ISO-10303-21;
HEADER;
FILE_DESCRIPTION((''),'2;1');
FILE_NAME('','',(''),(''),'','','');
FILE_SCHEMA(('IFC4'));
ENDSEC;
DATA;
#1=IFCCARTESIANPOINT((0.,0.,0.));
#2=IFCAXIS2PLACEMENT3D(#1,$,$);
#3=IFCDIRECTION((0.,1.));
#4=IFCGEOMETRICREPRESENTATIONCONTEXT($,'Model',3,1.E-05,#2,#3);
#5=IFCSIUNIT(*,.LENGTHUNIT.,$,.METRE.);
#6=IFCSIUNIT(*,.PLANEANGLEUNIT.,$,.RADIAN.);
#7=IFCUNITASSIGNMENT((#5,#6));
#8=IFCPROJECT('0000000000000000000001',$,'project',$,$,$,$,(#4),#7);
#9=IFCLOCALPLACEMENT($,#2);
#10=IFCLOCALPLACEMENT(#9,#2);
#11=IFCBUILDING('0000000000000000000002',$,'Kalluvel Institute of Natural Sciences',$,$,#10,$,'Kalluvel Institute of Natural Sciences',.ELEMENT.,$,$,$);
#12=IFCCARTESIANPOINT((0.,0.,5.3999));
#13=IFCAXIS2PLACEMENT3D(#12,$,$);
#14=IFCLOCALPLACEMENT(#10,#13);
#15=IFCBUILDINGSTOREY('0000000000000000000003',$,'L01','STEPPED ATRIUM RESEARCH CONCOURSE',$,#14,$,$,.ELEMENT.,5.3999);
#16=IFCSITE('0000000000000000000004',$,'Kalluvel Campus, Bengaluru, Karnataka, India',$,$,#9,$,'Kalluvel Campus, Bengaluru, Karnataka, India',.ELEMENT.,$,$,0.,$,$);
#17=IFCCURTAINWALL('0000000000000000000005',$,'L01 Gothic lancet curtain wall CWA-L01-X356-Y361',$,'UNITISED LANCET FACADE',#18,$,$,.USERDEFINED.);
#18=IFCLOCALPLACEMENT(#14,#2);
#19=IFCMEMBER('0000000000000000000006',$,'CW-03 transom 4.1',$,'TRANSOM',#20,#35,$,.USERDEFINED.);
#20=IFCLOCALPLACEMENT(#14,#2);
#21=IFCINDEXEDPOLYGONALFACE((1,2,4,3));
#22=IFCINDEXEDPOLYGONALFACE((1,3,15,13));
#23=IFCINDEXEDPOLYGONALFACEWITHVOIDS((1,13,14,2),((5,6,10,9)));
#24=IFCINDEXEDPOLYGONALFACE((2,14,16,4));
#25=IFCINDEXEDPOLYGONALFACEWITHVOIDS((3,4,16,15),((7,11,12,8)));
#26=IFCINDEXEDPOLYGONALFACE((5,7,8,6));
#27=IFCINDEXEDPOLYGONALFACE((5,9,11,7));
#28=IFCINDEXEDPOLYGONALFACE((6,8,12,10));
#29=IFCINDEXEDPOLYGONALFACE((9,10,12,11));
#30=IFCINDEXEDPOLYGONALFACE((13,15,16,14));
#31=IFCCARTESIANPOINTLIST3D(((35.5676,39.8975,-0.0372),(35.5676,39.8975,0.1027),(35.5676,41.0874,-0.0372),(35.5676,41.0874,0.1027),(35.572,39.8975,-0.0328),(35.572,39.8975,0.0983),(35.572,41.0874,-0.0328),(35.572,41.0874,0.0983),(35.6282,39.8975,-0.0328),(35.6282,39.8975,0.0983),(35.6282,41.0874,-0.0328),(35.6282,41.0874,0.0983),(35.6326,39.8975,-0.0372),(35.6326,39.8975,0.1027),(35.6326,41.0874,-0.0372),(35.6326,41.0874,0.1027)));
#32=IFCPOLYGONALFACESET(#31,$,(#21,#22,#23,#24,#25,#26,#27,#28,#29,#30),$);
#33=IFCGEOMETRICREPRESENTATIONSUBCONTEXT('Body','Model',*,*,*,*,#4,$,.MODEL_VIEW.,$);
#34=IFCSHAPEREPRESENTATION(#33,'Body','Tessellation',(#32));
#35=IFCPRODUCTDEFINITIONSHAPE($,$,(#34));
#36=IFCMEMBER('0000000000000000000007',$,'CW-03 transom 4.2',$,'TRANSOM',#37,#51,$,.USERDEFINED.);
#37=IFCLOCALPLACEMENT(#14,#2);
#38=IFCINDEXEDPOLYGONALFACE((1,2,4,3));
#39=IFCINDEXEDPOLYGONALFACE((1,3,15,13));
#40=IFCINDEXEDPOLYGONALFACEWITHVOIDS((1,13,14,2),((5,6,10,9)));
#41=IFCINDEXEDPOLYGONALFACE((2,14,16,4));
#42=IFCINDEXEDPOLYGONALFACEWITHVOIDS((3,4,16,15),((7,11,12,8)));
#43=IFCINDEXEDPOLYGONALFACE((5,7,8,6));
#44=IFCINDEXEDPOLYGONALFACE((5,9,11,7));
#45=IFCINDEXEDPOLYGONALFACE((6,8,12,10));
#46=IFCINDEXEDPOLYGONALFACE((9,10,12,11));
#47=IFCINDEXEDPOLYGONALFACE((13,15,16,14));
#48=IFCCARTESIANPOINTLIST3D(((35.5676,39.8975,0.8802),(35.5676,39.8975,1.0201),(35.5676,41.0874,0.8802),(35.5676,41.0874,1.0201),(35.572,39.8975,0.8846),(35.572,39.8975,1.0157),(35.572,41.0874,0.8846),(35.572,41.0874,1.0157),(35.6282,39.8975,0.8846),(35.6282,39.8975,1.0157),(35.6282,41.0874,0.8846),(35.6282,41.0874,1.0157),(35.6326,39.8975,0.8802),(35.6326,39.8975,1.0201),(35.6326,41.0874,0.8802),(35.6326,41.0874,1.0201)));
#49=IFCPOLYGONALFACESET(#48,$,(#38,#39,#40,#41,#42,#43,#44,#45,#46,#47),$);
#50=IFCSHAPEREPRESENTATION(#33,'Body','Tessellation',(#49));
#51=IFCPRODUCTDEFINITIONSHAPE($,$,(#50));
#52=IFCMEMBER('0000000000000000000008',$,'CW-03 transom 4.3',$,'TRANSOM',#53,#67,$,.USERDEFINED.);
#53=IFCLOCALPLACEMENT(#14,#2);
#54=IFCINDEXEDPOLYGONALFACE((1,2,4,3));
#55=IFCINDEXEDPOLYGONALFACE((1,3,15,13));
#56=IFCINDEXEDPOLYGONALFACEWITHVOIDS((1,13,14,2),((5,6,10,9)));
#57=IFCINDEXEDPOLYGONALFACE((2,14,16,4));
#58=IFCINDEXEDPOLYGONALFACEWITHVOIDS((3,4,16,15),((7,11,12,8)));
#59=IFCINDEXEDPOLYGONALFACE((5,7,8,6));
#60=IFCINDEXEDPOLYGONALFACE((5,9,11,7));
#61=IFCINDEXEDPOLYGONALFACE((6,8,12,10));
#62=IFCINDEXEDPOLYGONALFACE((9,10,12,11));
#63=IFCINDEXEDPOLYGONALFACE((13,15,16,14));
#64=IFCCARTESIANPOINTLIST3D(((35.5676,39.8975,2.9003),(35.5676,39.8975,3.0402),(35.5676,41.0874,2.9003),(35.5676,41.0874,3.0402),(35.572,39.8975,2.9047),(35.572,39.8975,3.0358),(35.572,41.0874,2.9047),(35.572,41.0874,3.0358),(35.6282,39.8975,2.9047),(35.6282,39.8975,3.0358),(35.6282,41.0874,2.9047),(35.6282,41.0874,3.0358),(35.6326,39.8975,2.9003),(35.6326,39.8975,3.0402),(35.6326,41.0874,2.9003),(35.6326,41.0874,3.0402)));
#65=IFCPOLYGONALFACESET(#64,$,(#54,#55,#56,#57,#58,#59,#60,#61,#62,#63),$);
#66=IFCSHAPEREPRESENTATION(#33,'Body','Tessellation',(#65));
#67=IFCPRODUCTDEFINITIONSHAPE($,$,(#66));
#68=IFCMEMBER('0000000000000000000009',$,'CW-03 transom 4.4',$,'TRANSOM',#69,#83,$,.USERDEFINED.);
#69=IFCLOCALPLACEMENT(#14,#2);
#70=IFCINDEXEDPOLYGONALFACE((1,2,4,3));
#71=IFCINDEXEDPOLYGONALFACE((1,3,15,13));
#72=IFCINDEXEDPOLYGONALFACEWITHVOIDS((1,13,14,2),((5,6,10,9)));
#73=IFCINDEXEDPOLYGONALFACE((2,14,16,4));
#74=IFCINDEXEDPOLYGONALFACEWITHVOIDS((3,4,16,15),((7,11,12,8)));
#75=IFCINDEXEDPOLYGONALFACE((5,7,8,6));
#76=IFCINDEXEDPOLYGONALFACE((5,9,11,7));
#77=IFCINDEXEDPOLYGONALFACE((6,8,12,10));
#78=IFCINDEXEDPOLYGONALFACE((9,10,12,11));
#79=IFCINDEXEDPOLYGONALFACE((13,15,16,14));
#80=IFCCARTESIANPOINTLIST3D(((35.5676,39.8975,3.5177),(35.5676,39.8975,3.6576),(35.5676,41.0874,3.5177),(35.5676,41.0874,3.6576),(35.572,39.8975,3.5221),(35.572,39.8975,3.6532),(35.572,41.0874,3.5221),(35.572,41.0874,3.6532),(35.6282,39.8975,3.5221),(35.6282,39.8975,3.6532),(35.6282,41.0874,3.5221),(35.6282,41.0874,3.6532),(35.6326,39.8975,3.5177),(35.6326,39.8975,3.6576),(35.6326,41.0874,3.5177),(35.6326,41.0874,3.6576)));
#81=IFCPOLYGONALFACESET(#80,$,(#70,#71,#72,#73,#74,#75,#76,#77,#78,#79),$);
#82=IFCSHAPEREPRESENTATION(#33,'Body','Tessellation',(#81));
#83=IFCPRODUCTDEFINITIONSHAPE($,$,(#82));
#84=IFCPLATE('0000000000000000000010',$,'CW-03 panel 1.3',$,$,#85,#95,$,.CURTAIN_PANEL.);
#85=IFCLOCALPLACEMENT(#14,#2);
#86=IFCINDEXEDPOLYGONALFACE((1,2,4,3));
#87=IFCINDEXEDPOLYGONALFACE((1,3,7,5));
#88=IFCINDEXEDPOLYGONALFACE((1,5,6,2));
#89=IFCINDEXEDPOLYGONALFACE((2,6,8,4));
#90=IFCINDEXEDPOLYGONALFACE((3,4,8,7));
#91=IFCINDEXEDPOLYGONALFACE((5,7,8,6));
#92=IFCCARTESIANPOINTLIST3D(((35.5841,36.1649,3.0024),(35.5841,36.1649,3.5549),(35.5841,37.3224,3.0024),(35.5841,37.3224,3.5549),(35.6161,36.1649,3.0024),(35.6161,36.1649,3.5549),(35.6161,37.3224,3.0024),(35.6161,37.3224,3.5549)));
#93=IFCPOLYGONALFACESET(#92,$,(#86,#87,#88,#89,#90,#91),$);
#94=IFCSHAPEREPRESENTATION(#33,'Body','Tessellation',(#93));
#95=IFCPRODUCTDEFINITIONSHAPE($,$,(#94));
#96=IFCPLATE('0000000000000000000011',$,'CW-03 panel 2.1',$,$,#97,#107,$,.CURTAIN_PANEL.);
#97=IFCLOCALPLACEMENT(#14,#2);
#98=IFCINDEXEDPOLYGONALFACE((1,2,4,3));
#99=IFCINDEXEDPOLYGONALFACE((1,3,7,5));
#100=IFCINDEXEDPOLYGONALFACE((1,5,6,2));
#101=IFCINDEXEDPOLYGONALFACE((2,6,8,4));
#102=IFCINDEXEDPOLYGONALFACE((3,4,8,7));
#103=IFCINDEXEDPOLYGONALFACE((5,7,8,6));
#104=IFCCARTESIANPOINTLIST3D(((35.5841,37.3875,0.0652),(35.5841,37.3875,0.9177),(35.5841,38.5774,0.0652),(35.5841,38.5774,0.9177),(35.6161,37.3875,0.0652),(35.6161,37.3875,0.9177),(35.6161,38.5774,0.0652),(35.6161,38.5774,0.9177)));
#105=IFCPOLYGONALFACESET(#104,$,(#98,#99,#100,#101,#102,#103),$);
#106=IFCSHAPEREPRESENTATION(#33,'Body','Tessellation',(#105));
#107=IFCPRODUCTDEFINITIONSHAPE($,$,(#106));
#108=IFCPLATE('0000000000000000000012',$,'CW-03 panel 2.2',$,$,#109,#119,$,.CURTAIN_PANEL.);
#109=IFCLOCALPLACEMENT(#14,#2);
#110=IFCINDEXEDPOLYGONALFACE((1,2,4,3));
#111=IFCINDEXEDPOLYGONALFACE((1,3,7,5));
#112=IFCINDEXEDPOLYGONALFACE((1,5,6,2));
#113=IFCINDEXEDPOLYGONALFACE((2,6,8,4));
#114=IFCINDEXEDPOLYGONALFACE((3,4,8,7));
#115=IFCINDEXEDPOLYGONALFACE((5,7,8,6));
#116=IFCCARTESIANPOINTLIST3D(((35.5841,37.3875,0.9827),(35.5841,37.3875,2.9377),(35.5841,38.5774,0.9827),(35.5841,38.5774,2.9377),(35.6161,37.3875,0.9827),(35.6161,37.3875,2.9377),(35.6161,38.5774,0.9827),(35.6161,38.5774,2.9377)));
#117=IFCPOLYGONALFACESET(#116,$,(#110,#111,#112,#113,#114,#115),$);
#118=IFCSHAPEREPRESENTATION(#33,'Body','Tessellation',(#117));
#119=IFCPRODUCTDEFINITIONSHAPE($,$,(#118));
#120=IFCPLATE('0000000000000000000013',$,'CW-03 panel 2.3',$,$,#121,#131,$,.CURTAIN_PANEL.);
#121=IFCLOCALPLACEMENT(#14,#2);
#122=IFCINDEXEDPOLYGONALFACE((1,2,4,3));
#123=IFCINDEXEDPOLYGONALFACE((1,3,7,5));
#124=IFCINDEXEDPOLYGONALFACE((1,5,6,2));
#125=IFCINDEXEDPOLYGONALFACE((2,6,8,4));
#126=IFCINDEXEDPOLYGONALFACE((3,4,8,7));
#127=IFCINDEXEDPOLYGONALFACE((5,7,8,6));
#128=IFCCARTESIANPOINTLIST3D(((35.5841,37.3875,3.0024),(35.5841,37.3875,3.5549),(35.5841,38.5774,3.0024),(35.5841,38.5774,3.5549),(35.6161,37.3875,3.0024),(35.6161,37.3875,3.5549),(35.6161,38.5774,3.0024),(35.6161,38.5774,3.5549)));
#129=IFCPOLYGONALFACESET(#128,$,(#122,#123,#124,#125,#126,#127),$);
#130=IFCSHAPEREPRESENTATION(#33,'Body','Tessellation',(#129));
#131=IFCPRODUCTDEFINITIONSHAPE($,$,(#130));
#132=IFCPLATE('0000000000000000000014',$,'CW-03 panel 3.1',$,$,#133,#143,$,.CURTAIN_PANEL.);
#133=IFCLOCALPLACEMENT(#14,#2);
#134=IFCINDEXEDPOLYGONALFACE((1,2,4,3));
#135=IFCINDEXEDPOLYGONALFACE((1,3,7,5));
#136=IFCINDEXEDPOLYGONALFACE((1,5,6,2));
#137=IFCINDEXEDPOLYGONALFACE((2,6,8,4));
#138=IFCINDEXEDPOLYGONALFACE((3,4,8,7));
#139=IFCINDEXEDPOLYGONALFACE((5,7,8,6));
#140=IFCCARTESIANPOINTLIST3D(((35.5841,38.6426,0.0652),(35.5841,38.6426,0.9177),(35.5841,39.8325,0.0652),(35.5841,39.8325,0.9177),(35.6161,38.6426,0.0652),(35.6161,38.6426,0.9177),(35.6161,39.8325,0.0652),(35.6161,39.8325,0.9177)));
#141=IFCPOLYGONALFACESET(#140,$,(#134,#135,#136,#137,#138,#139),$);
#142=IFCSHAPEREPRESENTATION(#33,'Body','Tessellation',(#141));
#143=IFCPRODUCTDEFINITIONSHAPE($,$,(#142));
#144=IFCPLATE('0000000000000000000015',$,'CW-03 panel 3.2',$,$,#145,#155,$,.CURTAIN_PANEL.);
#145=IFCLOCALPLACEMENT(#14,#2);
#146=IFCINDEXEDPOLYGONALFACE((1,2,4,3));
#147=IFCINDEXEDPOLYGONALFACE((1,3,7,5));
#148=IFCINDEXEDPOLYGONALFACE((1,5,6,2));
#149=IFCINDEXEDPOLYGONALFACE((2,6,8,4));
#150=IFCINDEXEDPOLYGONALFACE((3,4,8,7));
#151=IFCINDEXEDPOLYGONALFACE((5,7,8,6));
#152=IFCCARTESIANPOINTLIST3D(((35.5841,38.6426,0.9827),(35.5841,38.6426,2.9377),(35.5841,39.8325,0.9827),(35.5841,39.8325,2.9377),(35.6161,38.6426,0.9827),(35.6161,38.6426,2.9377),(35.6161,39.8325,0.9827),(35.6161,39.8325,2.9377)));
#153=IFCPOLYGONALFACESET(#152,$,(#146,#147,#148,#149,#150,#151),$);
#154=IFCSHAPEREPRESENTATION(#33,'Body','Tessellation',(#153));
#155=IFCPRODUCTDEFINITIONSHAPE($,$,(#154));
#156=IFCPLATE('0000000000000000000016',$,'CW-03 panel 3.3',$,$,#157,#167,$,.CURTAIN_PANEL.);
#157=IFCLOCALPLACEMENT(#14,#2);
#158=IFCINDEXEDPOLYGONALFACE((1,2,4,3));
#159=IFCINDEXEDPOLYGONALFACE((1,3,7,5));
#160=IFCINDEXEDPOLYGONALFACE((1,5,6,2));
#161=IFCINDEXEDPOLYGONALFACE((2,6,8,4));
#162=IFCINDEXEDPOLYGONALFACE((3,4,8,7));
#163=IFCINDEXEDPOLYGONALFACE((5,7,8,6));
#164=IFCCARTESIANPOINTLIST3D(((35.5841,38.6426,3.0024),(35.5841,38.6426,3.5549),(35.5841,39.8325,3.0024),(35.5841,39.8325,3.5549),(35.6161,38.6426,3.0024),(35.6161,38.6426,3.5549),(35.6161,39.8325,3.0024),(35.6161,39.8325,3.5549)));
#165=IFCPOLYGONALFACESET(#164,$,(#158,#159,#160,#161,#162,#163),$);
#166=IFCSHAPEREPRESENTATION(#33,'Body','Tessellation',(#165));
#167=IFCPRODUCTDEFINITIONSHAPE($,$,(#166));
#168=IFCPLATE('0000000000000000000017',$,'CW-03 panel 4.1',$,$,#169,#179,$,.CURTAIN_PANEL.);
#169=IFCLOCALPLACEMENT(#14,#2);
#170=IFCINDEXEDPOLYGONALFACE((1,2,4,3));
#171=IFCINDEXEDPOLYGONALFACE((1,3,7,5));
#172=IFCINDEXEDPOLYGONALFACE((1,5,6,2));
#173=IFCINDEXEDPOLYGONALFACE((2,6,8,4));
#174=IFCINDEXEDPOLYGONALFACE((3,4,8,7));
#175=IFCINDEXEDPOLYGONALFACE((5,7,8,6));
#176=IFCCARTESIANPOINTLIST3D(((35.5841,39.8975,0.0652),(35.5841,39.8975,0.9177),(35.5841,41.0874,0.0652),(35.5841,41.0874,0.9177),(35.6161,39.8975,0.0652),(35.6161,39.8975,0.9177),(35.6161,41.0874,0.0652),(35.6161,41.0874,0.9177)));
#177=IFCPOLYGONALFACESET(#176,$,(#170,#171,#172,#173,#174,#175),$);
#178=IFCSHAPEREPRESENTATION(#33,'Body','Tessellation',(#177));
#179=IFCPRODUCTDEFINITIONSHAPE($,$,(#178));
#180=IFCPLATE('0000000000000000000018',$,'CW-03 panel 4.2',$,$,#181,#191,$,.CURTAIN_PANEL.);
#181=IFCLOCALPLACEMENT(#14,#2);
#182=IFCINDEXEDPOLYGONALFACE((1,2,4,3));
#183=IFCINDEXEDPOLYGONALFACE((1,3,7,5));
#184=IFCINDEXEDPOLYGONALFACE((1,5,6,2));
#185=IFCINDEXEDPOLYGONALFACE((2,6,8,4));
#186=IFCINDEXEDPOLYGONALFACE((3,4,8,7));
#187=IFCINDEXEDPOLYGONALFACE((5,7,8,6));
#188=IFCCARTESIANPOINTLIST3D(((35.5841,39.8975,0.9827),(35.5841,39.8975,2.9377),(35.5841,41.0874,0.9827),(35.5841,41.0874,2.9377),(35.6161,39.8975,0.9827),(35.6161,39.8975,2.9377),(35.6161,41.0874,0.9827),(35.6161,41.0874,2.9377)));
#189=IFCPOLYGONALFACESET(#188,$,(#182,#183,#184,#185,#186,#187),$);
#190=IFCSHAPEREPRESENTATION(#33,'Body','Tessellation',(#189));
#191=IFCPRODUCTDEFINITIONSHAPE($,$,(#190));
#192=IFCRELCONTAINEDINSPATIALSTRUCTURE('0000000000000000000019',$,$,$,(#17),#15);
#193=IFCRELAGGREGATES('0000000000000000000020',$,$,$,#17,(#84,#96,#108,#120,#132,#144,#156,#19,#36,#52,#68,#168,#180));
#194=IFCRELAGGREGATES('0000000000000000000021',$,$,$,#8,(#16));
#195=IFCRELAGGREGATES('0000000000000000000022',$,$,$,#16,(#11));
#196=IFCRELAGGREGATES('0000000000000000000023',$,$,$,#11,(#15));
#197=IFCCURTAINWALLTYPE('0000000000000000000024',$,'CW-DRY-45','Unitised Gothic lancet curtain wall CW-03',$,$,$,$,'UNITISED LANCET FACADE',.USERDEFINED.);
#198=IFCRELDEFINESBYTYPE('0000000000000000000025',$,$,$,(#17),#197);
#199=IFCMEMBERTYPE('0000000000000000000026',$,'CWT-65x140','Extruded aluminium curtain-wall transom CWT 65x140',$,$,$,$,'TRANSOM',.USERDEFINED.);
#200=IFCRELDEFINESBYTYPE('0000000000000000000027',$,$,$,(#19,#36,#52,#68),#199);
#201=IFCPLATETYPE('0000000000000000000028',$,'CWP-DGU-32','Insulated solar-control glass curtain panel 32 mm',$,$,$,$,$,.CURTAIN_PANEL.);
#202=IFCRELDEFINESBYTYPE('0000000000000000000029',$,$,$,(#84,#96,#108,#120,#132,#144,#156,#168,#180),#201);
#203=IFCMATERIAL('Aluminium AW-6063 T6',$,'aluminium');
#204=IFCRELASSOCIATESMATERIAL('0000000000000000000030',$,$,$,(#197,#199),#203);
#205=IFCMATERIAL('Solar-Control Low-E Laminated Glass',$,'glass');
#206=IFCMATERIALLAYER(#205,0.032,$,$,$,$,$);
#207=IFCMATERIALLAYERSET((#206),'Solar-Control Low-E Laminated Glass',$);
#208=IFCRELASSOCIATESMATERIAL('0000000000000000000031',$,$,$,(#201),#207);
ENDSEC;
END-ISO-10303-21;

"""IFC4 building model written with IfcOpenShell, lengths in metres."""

from ifc_helpers import new_model, si_unit, direction, frame, origin, origin_2d, place, context, subcontext, project, spatial, rectangle, hollow_rectangle, extrude, material, layer, layer_set, material_profile, profile_set, type_object, element, aggregate, save


model = new_model("IFC4")

# Units and contexts
model_context = context("Model", 3, precision=1e-05, world=origin(), true_north=direction((0.0, 1.0)))
body_context = subcontext(model_context, "Body", "Model", "MODEL_VIEW")
ifc_project = project(units=[si_unit("LENGTHUNIT", "METRE"), si_unit("PLANEANGLEUNIT", "RADIAN")], contexts=[model_context])

# Site, building, storey
site_placement = place(None, origin())
site = spatial("IfcSite", under=ifc_project, at=site_placement, Name="Kalluvel Campus, Bengaluru, Karnataka, India", LongName="Kalluvel Campus, Bengaluru, Karnataka, India", CompositionType="ELEMENT", RefElevation=0.0)
building_placement = place(site_placement, origin())
building = spatial("IfcBuilding", under=site, at=building_placement, Name="Kalluvel Institute of Natural Sciences", LongName="Kalluvel Institute of Natural Sciences", CompositionType="ELEMENT")
storey_placement = place(building_placement, frame((0.0, 0.0, 5.3999)))
storey = spatial("IfcBuildingStorey", under=building, at=storey_placement, Name="L01", Description="STEPPED ATRIUM RESEARCH CONCOURSE", CompositionType="ELEMENT", Elevation=5.3999)

# Curtain wall, members, plates
ifc_material_1 = material(Name="Aluminium AW-6063 T6", Category="aluminium")
curtain_wall_type = type_object("IfcCurtainWallType", Name="CW-DRY-45", Description="Unitised Gothic lancet curtain wall CW-03", ElementType="UNITISED LANCET FACADE", PredefinedType="USERDEFINED", material=ifc_material_1)
curtain_wall_placement = place(storey_placement, origin())
curtain_wall = element("IfcCurtainWall", 1, at=curtain_wall_placement, inside=storey, type_object=curtain_wall_type, Name="L01 Gothic lancet curtain wall CWA-L01-X356-Y361", ObjectType="UNITISED LANCET FACADE", PredefinedType="USERDEFINED")
ifc_material_profile_1 = material_profile(ifc_material_1, hollow_rectangle(XDim=0.0649, YDim=0.1399, WallThickness=0.0044, at=origin_2d()), Name="CWT 65x140")
ifc_profile_set_1 = profile_set([ifc_material_profile_1], Name="Aluminium AW-6063 T6")
member_type_1 = type_object("IfcMemberType", Name="CWT-65x140", Description="Extruded aluminium curtain-wall transom CWT 65x140", ElementType="TRANSOM", PredefinedType="USERDEFINED", material=ifc_profile_set_1)
member_1_placement = place(storey_placement, frame((35.6001, 39.8975, 0.0327), z_axis=(0.0, 1.0, 0.0), x_axis=(-1.0, 0.0, 0.0)))
member_1 = element("IfcMember", 2, at=member_1_placement, type_object=member_type_1, Name="CW-03 transom 4.1", ObjectType="TRANSOM", PredefinedType="USERDEFINED", context=body_context, shape_type="SweptSolid", body=[
    extrude(hollow_rectangle(XDim=0.0649, YDim=0.1399, WallThickness=0.0044, at=origin_2d()), origin(), (0.0, 0.0, 1.0), 1.1899),
])
member_2_placement = place(storey_placement, frame((35.6001, 39.8975, 0.9502), z_axis=(0.0, 1.0, 0.0), x_axis=(-1.0, 0.0, 0.0)))
member_2 = element("IfcMember", 3, at=member_2_placement, type_object=member_type_1, Name="CW-03 transom 4.2", ObjectType="TRANSOM", PredefinedType="USERDEFINED", context=body_context, shape_type="SweptSolid", body=[
    extrude(hollow_rectangle(XDim=0.0649, YDim=0.1399, WallThickness=0.0044, at=origin_2d()), origin(), (0.0, 0.0, 1.0), 1.1899),
])
member_3_placement = place(storey_placement, frame((35.6001, 39.8975, 2.9702), z_axis=(0.0, 1.0, 0.0), x_axis=(-1.0, 0.0, 0.0)))
member_3 = element("IfcMember", 4, at=member_3_placement, type_object=member_type_1, Name="CW-03 transom 4.3", ObjectType="TRANSOM", PredefinedType="USERDEFINED", context=body_context, shape_type="SweptSolid", body=[
    extrude(hollow_rectangle(XDim=0.0649, YDim=0.1399, WallThickness=0.0044, at=origin_2d()), origin(), (0.0, 0.0, 1.0), 1.1899),
])
member_4_placement = place(storey_placement, frame((35.6001, 39.8975, 3.5876), z_axis=(0.0, 1.0, 0.0), x_axis=(-1.0, 0.0, 0.0)))
member_4 = element("IfcMember", 5, at=member_4_placement, type_object=member_type_1, Name="CW-03 transom 4.4", ObjectType="TRANSOM", PredefinedType="USERDEFINED", context=body_context, shape_type="SweptSolid", body=[
    extrude(hollow_rectangle(XDim=0.0649, YDim=0.1399, WallThickness=0.0044, at=origin_2d()), origin(), (0.0, 0.0, 1.0), 1.1899),
])
ifc_material_2 = material(Name="Solar-Control Low-E Laminated Glass", Category="glass")
ifc_layer = layer(ifc_material_2, 0.032)
ifc_layer_set = layer_set([ifc_layer], Name="Solar-Control Low-E Laminated Glass")
plate_type = type_object("IfcPlateType", Name="CWP-DGU-32", Description="Insulated solar-control glass curtain panel 32 mm", PredefinedType="CURTAIN_PANEL", material=ifc_layer_set)
plate_1_placement = place(storey_placement, frame((35.6001, 36.7437, 3.0024), z_axis=(0.0, 0.0, 1.0), x_axis=(0.0, 1.0, 0.0)))
plate_1 = element("IfcPlate", 6, at=plate_1_placement, type_object=plate_type, Name="CW-03 panel 1.3", PredefinedType="CURTAIN_PANEL", context=body_context, shape_type="SweptSolid", body=[
    extrude(rectangle(XDim=1.1575, YDim=0.032, at=origin_2d()), origin(), (0.0, 0.0, 1.0), 0.5525),
])
plate_2_placement = place(storey_placement, frame((35.6001, 37.9824, 0.0652), z_axis=(0.0, 0.0, 1.0), x_axis=(0.0, 1.0, 0.0)))
plate_2 = element("IfcPlate", 7, at=plate_2_placement, type_object=plate_type, Name="CW-03 panel 2.1", PredefinedType="CURTAIN_PANEL", context=body_context, shape_type="SweptSolid", body=[
    extrude(rectangle(XDim=1.1899, YDim=0.032, at=origin_2d()), origin(), (0.0, 0.0, 1.0), 0.8525),
])
plate_3_placement = place(storey_placement, frame((35.6001, 37.9824, 0.9827), z_axis=(0.0, 0.0, 1.0), x_axis=(0.0, 1.0, 0.0)))
plate_3 = element("IfcPlate", 8, at=plate_3_placement, type_object=plate_type, Name="CW-03 panel 2.2", PredefinedType="CURTAIN_PANEL", context=body_context, shape_type="SweptSolid", body=[
    extrude(rectangle(XDim=1.1899, YDim=0.032, at=origin_2d()), origin(), (0.0, 0.0, 1.0), 1.9551),
])
plate_4_placement = place(storey_placement, frame((35.6001, 37.9824, 3.0024), z_axis=(0.0, 0.0, 1.0), x_axis=(0.0, 1.0, 0.0)))
plate_4 = element("IfcPlate", 9, at=plate_4_placement, type_object=plate_type, Name="CW-03 panel 2.3", PredefinedType="CURTAIN_PANEL", context=body_context, shape_type="SweptSolid", body=[
    extrude(rectangle(XDim=1.1899, YDim=0.032, at=origin_2d()), origin(), (0.0, 0.0, 1.0), 0.5525),
])
plate_5_placement = place(storey_placement, frame((35.6001, 39.2375, 0.0652), z_axis=(0.0, 0.0, 1.0), x_axis=(0.0, 1.0, 0.0)))
plate_5 = element("IfcPlate", 10, at=plate_5_placement, type_object=plate_type, Name="CW-03 panel 3.1", PredefinedType="CURTAIN_PANEL", context=body_context, shape_type="SweptSolid", body=[
    extrude(rectangle(XDim=1.1899, YDim=0.032, at=origin_2d()), origin(), (0.0, 0.0, 1.0), 0.8525),
])
plate_6_placement = place(storey_placement, frame((35.6001, 39.2375, 0.9827), z_axis=(0.0, 0.0, 1.0), x_axis=(0.0, 1.0, 0.0)))
plate_6 = element("IfcPlate", 11, at=plate_6_placement, type_object=plate_type, Name="CW-03 panel 3.2", PredefinedType="CURTAIN_PANEL", context=body_context, shape_type="SweptSolid", body=[
    extrude(rectangle(XDim=1.1899, YDim=0.032, at=origin_2d()), origin(), (0.0, 0.0, 1.0), 1.9551),
])
plate_7_placement = place(storey_placement, frame((35.6001, 39.2375, 3.0024), z_axis=(0.0, 0.0, 1.0), x_axis=(0.0, 1.0, 0.0)))
plate_7 = element("IfcPlate", 12, at=plate_7_placement, type_object=plate_type, Name="CW-03 panel 3.3", PredefinedType="CURTAIN_PANEL", context=body_context, shape_type="SweptSolid", body=[
    extrude(rectangle(XDim=1.1899, YDim=0.032, at=origin_2d()), origin(), (0.0, 0.0, 1.0), 0.5525),
])
plate_8_placement = place(storey_placement, frame((35.6001, 40.4924, 0.0652), z_axis=(0.0, 0.0, 1.0), x_axis=(0.0, 1.0, 0.0)))
plate_8 = element("IfcPlate", 13, at=plate_8_placement, type_object=plate_type, Name="CW-03 panel 4.1", PredefinedType="CURTAIN_PANEL", context=body_context, shape_type="SweptSolid", body=[
    extrude(rectangle(XDim=1.1899, YDim=0.032, at=origin_2d()), origin(), (0.0, 0.0, 1.0), 0.8525),
])
plate_9_placement = place(storey_placement, frame((35.6001, 40.4924, 0.9827), z_axis=(0.0, 0.0, 1.0), x_axis=(0.0, 1.0, 0.0)))
plate_9 = element("IfcPlate", 14, at=plate_9_placement, type_object=plate_type, Name="CW-03 panel 4.2", PredefinedType="CURTAIN_PANEL", context=body_context, shape_type="SweptSolid", body=[
    extrude(rectangle(XDim=1.1899, YDim=0.032, at=origin_2d()), origin(), (0.0, 0.0, 1.0), 1.9551),
])
aggregate(curtain_wall, [plate_1, plate_2, plate_3, plate_4, plate_5, plate_6, plate_7, member_1, member_2, member_3, member_4, plate_8, plate_9])

save(model, "model.ifc")
